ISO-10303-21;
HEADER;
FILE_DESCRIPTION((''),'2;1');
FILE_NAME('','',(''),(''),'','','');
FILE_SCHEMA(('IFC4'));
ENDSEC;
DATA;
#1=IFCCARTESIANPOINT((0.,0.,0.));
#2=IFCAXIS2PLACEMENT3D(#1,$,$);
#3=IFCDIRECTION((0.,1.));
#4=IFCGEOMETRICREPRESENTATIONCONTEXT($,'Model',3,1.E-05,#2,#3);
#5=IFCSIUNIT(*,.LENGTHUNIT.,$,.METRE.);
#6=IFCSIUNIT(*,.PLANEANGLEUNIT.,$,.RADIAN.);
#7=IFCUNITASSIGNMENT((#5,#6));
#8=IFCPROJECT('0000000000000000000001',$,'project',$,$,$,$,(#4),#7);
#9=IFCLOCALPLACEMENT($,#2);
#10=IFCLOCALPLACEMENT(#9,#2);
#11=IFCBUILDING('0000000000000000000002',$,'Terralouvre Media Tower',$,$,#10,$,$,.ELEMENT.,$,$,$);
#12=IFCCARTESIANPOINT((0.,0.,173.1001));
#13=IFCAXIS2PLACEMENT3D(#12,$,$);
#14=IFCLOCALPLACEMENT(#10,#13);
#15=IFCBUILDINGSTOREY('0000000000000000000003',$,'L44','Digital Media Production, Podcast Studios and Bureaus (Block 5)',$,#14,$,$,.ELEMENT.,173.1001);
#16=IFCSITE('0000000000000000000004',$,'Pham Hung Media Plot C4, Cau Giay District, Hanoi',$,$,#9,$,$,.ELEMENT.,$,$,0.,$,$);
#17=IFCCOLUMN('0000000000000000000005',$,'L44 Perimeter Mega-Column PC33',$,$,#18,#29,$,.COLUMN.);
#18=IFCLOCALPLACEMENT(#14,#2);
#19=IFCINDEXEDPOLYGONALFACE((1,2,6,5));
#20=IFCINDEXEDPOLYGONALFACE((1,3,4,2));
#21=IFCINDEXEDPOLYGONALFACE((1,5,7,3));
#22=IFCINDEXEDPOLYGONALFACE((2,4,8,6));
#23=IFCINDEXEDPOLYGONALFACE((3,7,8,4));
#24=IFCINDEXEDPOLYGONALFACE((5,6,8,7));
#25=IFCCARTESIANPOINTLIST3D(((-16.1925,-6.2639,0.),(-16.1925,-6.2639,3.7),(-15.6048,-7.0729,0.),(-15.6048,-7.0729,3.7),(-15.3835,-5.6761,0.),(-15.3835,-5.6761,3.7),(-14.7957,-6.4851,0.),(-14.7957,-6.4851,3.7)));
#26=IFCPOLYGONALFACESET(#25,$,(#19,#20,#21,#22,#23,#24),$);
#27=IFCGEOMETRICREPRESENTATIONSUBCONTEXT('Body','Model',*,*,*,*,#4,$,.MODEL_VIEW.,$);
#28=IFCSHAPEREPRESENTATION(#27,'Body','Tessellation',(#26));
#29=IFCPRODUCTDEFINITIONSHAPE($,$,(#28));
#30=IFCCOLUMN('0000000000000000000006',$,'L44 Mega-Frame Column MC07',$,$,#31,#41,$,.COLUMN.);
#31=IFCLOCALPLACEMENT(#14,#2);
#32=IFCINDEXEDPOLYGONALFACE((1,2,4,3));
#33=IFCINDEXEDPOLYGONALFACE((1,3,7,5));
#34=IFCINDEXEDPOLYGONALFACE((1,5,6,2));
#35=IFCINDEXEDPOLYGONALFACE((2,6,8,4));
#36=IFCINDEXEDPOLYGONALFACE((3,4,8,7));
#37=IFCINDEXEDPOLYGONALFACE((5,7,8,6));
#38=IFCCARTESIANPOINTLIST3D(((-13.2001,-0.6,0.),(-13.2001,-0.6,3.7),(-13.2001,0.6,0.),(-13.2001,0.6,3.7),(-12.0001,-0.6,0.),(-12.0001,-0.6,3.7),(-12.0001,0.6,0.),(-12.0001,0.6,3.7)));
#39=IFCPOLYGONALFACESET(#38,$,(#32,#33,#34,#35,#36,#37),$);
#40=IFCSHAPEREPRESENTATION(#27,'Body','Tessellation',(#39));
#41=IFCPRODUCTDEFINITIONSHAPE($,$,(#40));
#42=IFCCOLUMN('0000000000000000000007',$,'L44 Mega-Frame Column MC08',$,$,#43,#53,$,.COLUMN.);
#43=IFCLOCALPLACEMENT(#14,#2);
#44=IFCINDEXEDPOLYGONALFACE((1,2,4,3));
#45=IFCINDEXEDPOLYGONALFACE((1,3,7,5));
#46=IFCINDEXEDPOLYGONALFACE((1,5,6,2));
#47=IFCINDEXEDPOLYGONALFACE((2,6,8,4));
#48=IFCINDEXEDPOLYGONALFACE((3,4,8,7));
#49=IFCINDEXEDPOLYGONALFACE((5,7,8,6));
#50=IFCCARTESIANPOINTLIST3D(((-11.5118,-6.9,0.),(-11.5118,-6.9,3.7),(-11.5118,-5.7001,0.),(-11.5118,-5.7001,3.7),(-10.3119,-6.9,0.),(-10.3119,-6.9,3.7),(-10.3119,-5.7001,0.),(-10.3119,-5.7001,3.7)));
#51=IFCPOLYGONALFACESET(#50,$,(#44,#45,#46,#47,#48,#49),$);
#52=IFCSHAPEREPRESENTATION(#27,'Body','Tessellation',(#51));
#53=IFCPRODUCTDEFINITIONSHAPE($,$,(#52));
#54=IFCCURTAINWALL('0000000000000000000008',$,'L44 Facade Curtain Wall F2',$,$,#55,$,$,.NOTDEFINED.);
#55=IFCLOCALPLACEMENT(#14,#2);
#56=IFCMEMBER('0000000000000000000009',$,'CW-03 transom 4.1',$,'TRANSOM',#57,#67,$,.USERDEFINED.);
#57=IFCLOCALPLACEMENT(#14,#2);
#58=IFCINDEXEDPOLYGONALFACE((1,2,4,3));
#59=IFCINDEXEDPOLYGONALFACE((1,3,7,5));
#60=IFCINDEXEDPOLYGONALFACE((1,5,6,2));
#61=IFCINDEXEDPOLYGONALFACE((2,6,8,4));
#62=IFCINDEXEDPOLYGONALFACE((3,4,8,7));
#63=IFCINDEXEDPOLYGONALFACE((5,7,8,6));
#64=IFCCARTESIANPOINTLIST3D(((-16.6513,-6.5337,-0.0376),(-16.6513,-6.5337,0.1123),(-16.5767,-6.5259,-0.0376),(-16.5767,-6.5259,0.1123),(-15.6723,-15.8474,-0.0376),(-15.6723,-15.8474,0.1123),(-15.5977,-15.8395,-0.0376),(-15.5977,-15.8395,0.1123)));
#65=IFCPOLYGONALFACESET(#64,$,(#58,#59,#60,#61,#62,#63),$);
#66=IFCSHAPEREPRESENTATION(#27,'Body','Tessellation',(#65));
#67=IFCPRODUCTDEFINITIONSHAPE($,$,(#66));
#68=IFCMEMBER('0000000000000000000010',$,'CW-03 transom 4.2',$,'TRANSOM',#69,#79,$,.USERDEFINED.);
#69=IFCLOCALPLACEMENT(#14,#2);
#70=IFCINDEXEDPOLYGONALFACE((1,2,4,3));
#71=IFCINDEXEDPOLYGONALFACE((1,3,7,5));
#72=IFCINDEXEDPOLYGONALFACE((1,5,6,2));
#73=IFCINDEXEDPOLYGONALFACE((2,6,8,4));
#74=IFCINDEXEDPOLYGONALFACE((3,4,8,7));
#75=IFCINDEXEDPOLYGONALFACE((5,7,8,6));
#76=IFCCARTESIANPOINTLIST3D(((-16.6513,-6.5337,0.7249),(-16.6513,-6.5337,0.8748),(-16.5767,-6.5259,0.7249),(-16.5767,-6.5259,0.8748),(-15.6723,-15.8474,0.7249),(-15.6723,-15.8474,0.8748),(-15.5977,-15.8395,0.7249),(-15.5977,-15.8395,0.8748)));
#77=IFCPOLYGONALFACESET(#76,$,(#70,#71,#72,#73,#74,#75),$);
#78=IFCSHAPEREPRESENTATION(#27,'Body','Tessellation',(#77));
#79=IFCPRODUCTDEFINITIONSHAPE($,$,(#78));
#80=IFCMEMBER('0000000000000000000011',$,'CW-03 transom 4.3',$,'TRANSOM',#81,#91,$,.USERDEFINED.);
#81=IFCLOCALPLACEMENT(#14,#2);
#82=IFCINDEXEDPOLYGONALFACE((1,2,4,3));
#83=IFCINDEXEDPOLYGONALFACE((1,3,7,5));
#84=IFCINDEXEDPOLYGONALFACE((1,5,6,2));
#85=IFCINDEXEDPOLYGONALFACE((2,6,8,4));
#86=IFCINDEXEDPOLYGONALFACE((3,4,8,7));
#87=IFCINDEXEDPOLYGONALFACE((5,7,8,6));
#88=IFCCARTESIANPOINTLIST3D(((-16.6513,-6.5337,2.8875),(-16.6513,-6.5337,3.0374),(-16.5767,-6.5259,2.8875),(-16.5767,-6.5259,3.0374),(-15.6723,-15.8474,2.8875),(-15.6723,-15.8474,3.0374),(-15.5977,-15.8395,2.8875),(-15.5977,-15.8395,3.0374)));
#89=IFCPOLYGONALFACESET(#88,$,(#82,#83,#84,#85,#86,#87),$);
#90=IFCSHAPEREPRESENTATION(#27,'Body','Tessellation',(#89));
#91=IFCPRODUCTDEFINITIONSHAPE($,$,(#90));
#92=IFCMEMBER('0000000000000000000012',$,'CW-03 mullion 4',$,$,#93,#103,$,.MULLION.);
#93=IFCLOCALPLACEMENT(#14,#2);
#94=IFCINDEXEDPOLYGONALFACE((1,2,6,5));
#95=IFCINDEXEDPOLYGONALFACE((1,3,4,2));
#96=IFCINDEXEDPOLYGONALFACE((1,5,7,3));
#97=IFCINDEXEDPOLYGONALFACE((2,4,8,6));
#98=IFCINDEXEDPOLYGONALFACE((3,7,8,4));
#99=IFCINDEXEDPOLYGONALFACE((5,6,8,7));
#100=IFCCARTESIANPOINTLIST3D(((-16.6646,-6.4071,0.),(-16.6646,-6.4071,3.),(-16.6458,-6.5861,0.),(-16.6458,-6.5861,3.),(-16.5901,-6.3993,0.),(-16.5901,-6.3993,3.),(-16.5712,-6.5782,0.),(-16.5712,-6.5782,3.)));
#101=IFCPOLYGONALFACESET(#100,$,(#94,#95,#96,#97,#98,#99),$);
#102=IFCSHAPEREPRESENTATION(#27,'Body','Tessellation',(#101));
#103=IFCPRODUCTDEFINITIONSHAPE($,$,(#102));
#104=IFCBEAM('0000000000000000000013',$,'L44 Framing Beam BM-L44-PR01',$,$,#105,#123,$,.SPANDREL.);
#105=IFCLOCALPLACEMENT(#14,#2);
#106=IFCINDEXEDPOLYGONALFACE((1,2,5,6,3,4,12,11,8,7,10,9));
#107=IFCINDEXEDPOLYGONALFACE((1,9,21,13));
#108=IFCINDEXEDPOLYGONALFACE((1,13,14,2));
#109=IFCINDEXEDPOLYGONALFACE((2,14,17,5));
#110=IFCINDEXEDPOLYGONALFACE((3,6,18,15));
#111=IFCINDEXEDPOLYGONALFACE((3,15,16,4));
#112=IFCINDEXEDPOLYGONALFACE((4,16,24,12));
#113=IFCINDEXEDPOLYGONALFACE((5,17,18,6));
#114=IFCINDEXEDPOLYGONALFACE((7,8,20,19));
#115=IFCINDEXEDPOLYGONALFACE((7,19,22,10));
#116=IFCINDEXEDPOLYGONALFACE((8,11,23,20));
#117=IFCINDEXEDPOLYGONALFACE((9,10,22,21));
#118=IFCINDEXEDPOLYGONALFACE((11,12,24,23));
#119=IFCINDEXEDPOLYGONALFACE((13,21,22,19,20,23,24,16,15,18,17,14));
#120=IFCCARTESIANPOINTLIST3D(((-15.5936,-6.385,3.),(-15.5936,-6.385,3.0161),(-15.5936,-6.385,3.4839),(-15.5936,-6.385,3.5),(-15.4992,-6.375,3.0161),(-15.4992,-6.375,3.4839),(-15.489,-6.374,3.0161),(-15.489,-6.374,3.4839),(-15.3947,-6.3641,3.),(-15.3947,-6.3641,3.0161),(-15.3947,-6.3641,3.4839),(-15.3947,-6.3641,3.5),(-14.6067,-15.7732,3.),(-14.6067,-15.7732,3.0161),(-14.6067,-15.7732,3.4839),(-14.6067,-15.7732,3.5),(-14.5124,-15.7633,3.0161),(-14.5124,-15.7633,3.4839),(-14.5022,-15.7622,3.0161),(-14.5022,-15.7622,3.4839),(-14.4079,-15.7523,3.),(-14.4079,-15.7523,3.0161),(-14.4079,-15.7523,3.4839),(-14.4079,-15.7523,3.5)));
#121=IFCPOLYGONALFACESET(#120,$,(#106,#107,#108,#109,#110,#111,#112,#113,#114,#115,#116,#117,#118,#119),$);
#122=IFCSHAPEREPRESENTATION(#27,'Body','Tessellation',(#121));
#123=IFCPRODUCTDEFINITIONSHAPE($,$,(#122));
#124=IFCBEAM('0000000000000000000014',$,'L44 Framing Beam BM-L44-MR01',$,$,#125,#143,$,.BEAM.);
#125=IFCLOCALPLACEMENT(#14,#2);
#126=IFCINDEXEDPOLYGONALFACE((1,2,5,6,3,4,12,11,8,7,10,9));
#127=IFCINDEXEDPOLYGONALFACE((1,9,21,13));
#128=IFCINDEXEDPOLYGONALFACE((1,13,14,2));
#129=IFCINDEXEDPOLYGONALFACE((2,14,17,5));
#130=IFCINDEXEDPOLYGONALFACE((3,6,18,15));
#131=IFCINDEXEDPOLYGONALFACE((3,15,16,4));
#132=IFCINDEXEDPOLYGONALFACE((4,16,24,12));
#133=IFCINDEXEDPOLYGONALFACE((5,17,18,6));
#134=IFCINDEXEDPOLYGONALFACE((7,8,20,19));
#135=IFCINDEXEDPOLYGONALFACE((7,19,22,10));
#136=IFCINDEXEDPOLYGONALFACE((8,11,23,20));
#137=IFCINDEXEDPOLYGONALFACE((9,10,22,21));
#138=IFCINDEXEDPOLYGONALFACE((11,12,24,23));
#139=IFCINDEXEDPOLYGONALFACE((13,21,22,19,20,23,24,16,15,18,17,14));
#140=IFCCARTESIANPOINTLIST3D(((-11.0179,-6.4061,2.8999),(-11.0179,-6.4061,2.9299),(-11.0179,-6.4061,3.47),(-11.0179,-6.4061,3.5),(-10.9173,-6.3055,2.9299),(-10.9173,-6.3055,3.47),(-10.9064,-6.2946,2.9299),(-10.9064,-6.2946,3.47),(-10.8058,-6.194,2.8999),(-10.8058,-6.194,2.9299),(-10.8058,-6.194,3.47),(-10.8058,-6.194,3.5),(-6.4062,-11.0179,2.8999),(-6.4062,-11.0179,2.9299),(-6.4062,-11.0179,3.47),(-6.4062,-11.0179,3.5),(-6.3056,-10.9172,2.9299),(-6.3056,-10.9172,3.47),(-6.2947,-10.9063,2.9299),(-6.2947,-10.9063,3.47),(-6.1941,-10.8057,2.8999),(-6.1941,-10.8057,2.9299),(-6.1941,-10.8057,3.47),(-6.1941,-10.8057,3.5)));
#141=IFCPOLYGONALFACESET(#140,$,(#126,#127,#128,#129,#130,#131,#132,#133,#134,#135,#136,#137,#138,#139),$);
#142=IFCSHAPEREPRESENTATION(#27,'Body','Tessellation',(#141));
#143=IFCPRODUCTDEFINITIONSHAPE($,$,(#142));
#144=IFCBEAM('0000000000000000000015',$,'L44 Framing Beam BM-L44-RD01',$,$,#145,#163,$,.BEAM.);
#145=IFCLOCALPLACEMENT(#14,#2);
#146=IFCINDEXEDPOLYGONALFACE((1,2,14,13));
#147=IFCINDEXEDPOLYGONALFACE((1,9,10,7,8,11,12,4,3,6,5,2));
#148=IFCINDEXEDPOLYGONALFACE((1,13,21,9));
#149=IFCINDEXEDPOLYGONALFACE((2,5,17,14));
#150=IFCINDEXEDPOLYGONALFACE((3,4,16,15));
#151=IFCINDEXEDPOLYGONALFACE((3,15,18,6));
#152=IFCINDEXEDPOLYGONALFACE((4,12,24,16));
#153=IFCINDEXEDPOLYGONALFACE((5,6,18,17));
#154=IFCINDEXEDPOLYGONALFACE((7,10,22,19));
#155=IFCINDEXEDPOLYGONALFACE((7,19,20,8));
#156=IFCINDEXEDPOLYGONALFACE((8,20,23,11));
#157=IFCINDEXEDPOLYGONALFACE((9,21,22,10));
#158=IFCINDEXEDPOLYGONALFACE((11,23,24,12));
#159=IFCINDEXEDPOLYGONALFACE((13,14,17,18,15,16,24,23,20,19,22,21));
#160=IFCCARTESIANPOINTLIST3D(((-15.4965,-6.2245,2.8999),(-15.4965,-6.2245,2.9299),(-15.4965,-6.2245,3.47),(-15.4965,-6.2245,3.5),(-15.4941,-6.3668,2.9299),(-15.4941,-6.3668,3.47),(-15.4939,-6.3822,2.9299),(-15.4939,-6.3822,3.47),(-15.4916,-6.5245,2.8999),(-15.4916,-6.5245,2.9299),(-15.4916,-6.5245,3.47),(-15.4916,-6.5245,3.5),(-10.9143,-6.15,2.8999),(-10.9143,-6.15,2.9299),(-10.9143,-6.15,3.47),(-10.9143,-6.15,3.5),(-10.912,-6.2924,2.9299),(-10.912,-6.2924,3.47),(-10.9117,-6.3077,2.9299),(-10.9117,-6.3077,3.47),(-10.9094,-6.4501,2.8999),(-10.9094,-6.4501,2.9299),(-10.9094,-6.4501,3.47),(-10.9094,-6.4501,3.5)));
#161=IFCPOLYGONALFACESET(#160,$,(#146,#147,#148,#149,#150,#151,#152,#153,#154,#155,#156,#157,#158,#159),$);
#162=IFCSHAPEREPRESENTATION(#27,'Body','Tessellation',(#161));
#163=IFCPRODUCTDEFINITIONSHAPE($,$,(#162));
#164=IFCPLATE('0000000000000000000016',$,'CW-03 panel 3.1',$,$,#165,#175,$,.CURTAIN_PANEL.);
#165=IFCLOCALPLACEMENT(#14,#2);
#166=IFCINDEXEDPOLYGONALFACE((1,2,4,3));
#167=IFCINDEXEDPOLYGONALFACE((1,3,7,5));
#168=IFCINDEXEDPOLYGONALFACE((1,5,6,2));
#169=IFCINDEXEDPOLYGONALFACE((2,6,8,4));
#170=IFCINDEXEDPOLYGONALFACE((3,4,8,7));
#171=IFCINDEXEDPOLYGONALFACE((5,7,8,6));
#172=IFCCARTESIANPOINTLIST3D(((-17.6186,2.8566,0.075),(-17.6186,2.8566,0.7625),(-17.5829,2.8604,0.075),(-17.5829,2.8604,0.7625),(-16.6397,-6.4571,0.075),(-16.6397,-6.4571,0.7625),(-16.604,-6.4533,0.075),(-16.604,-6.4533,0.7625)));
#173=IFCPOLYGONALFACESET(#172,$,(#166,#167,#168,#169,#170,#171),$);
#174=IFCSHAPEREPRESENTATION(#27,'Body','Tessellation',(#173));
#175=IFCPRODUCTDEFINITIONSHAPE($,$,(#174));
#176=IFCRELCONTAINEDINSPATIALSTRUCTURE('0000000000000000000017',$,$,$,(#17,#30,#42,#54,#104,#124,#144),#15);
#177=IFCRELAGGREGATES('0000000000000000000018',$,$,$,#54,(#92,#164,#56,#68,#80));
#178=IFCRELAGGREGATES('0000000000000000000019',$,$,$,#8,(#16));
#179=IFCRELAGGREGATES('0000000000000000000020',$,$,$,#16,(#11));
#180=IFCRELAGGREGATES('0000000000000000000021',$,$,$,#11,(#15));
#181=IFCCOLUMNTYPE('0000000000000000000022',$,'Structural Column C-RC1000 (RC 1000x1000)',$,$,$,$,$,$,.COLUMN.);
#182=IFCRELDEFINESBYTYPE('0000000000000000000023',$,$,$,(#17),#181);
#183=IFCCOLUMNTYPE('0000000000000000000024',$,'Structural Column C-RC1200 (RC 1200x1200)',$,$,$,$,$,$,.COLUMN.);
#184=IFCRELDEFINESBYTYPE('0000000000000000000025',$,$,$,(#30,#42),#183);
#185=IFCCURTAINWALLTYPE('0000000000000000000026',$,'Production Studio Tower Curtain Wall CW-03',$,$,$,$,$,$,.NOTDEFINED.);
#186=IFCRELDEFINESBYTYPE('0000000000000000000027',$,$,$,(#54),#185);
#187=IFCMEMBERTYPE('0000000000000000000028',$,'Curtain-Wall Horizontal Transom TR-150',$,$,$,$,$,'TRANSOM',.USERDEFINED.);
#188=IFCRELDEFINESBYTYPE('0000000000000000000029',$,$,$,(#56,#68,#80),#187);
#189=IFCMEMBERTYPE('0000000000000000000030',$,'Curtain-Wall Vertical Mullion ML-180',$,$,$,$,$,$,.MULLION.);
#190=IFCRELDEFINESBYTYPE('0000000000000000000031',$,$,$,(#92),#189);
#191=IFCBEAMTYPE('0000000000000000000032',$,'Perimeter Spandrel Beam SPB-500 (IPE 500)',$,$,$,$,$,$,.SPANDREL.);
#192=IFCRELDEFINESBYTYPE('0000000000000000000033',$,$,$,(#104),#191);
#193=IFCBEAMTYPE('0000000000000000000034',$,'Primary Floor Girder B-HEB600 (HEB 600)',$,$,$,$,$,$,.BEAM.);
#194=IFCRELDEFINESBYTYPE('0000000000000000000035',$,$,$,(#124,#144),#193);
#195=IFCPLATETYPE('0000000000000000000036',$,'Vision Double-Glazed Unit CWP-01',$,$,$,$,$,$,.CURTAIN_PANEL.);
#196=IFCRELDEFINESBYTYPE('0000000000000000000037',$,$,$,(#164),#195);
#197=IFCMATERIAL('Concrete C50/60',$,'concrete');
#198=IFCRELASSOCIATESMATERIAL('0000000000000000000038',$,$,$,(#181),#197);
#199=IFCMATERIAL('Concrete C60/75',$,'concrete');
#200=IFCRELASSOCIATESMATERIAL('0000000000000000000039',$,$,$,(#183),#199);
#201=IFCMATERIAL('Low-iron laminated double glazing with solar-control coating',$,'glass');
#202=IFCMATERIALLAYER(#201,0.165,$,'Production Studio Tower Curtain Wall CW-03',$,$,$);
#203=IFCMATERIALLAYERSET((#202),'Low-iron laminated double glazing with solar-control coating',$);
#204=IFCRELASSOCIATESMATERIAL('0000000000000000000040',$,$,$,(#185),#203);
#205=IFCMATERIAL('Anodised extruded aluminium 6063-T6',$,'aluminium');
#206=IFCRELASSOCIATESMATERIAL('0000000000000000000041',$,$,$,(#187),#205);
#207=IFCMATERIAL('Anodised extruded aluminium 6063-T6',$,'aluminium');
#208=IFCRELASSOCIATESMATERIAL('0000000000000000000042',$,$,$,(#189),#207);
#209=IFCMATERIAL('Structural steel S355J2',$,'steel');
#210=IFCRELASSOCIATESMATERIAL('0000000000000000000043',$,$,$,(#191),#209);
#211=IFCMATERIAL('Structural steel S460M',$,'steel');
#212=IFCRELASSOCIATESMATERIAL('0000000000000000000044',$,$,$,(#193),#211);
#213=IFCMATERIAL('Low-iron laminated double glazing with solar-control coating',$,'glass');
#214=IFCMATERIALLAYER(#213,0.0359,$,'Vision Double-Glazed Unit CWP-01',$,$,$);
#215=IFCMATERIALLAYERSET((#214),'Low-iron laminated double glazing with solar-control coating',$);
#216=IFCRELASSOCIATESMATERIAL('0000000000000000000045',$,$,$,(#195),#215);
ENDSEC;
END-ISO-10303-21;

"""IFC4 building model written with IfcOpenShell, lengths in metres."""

from ifc_helpers import new_model, si_unit, direction, frame, origin, origin_2d, place, context, subcontext, project, spatial, rectangle, i_section, extrude, material, layer, layer_set, material_profile, profile_set, type_object, element, aggregate, save


model = new_model("IFC4")

# Units and contexts
model_context = context("Model", 3, precision=1e-05, world=origin(), true_north=direction((0.0, 1.0)))
body_context = subcontext(model_context, "Body", "Model", "MODEL_VIEW")
ifc_project = project(units=[si_unit("LENGTHUNIT", "METRE"), si_unit("PLANEANGLEUNIT", "RADIAN")], contexts=[model_context])

# Site, building, storey
site_placement = place(None, origin())
site = spatial("IfcSite", under=ifc_project, at=site_placement, Name="Pham Hung Media Plot C4, Cau Giay District, Hanoi", CompositionType="ELEMENT", RefElevation=0.0)
building_placement = place(site_placement, origin())
building = spatial("IfcBuilding", under=site, at=building_placement, Name="Terralouvre Media Tower", CompositionType="ELEMENT")
storey_placement = place(building_placement, frame((0.0, 0.0, 173.1001)))
storey = spatial("IfcBuildingStorey", under=building, at=storey_placement, Name="L44", Description="Digital Media Production, Podcast Studios and Bureaus (Block 5)", CompositionType="ELEMENT", Elevation=173.1001)

# Columns
ifc_material_1 = material(Name="Concrete C50/60", Category="concrete")
ifc_material_profile_1 = material_profile(ifc_material_1, rectangle(XDim=1.0, YDim=1.0, at=origin_2d()), Name="RC 1000x1000")
ifc_profile_set_1 = profile_set([ifc_material_profile_1], Name="Concrete C50/60")
column_type_1 = type_object("IfcColumnType", Name="Structural Column C-RC1000 (RC 1000x1000)", PredefinedType="COLUMN", material=ifc_profile_set_1)
column_placement = place(storey_placement, frame((-15.4941, -6.3745, 0.0), z_axis=(0.0, 0.0, 1.0), x_axis=(0.809017, 0.587785, 0.0)))
element("IfcColumn", 1, at=column_placement, inside=storey, type_object=column_type_1, Name="L44 Perimeter Mega-Column PC33", PredefinedType="COLUMN", context=body_context, shape_type="SweptSolid", body=[
    extrude(rectangle(XDim=1.0, YDim=1.0, at=origin_2d()), origin(), (0.0, 0.0, 1.0), 3.7),
])
ifc_material_2 = material(Name="Concrete C60/75", Category="concrete")
ifc_material_profile_2 = material_profile(ifc_material_2, rectangle(XDim=1.2, YDim=1.2, at=origin_2d()), Name="RC 1200x1200")
ifc_profile_set_2 = profile_set([ifc_material_profile_2], Name="Concrete C60/75")
column_type_2 = type_object("IfcColumnType", Name="Structural Column C-RC1200 (RC 1200x1200)", PredefinedType="COLUMN", material=ifc_profile_set_2)
for number, where, z_axis, x_axis, name in (
    (2, (-12.6001, 0.0, 0.0), (0.0, 0.0, 1.0), (1.0, 0.0, 0.0), "L44 Mega-Frame Column MC07"),
    (3, (-10.9119, -6.3, 0.0), (0.0, 0.0, 1.0), (1.0, 0.0, 0.0), "L44 Mega-Frame Column MC08"),
):
    element("IfcColumn", number, at=place(storey_placement, frame(where, z_axis=z_axis, x_axis=x_axis)), inside=storey, type_object=column_type_2, Name=name, PredefinedType="COLUMN", context=body_context, shape_type="SweptSolid", body=[
        extrude(rectangle(XDim=1.2, YDim=1.2, at=origin_2d()), origin(), (0.0, 0.0, 1.0), 3.7),
    ])

# Curtain wall, members
ifc_material_3 = material(Name="Low-iron laminated double glazing with solar-control coating", Category="glass")
ifc_layer_1 = layer(ifc_material_3, 0.165, Name="Production Studio Tower Curtain Wall CW-03")
ifc_layer_set_1 = layer_set([ifc_layer_1], Name="Low-iron laminated double glazing with solar-control coating")
curtain_wall_type = type_object("IfcCurtainWallType", Name="Production Studio Tower Curtain Wall CW-03", PredefinedType="NOTDEFINED", material=ifc_layer_set_1)
curtain_wall_placement = place(storey_placement, origin())
curtain_wall = element("IfcCurtainWall", 4, at=curtain_wall_placement, inside=storey, type_object=curtain_wall_type, Name="L44 Facade Curtain Wall F2", PredefinedType="NOTDEFINED")
ifc_material_4 = material(Name="Anodised extruded aluminium 6063-T6", Category="aluminium")
ifc_material_profile_3 = material_profile(ifc_material_4, rectangle(XDim=0.075, YDim=0.1499, at=origin_2d()), Name="ALU 75x150")
ifc_profile_set_3 = profile_set([ifc_material_profile_3], Name="Anodised extruded aluminium 6063-T6")
member_type_1 = type_object("IfcMemberType", Name="Curtain-Wall Horizontal Transom TR-150", ElementType="TRANSOM", PredefinedType="USERDEFINED", material=ifc_profile_set_3)
member_1_placement = place(storey_placement, frame((-16.614, -6.5298, 0.0374), z_axis=(0.104538, -0.994521, 0.0), x_axis=(0.994521, 0.104538, 0.0)))
member_1 = element("IfcMember", 5, at=member_1_placement, type_object=member_type_1, Name="CW-03 transom 4.1", ObjectType="TRANSOM", PredefinedType="USERDEFINED", context=body_context, shape_type="SweptSolid", body=[
    extrude(rectangle(XDim=0.075, YDim=0.1499, at=origin_2d()), origin(), (0.0, 0.0, 1.0), 9.365),
])
member_2_placement = place(storey_placement, frame((-16.614, -6.5298, 0.7998), z_axis=(0.104538, -0.994521, 0.0), x_axis=(0.994521, 0.104538, 0.0)))
member_2 = element("IfcMember", 6, at=member_2_placement, type_object=member_type_1, Name="CW-03 transom 4.2", ObjectType="TRANSOM", PredefinedType="USERDEFINED", context=body_context, shape_type="SweptSolid", body=[
    extrude(rectangle(XDim=0.075, YDim=0.1499, at=origin_2d()), origin(), (0.0, 0.0, 1.0), 9.365),
])
member_3_placement = place(storey_placement, frame((-16.614, -6.5298, 2.9624), z_axis=(0.104538, -0.994521, 0.0), x_axis=(0.994521, 0.104538, 0.0)))
member_3 = element("IfcMember", 7, at=member_3_placement, type_object=member_type_1, Name="CW-03 transom 4.3", ObjectType="TRANSOM", PredefinedType="USERDEFINED", context=body_context, shape_type="SweptSolid", body=[
    extrude(rectangle(XDim=0.075, YDim=0.1499, at=origin_2d()), origin(), (0.0, 0.0, 1.0), 9.365),
])
ifc_material_5 = material(Name="Anodised extruded aluminium 6063-T6", Category="aluminium")
ifc_material_profile_4 = material_profile(ifc_material_5, rectangle(XDim=0.075, YDim=0.1799, at=origin_2d()), Name="ALU 75x180")
ifc_profile_set_4 = profile_set([ifc_material_profile_4], Name="Anodised extruded aluminium 6063-T6")
member_type_2 = type_object("IfcMemberType", Name="Curtain-Wall Vertical Mullion ML-180", PredefinedType="MULLION", material=ifc_profile_set_4)
member_4_placement = place(storey_placement, frame((-16.6179, -6.4927, 0.0), z_axis=(0.0, 0.0, 1.0), x_axis=(0.994522, 0.104528, 0.0)))
member_4 = element("IfcMember", 8, at=member_4_placement, type_object=member_type_2, Name="CW-03 mullion 4", PredefinedType="MULLION", context=body_context, shape_type="SweptSolid", body=[
    extrude(rectangle(XDim=0.075, YDim=0.1799, at=origin_2d()), origin(), (0.0, 0.0, 1.0), 3.0),
])

# Beams
ifc_material_6 = material(Name="Structural steel S355J2", Category="steel")
ifc_material_profile_5 = material_profile(ifc_material_6, i_section(OverallWidth=0.2, OverallDepth=0.5, WebThickness=0.0103, FlangeThickness=0.0161, at=origin_2d()), Name="IPE 500")
ifc_profile_set_5 = profile_set([ifc_material_profile_5], Name="Structural steel S355J2")
beam_type_1 = type_object("IfcBeamType", Name="Perimeter Spandrel Beam SPB-500 (IPE 500)", PredefinedType="SPANDREL", material=ifc_profile_set_5)
beam_1_placement = place(storey_placement, frame((-15.4941, -6.3745, 3.25), z_axis=(0.104537, -0.994521, 0.0), x_axis=(0.994521, 0.104537, 0.0)))
element("IfcBeam", 9, at=beam_1_placement, inside=storey, type_object=beam_type_1, Name="L44 Framing Beam BM-L44-PR01", PredefinedType="SPANDREL", context=body_context, shape_type="SweptSolid", body=[
    extrude(i_section(OverallWidth=0.2, OverallDepth=0.5, WebThickness=0.0103, FlangeThickness=0.0161, at=origin_2d()), origin(), (0.0, 0.0, 1.0), 9.4399),
])
ifc_material_7 = material(Name="Structural steel S460M", Category="steel")
ifc_material_profile_6 = material_profile(ifc_material_7, i_section(OverallWidth=0.3, OverallDepth=0.6001, WebThickness=0.0154, FlangeThickness=0.03, at=origin_2d()), Name="HEB 600")
ifc_profile_set_6 = profile_set([ifc_material_profile_6], Name="Structural steel S460M")
beam_type_2 = type_object("IfcBeamType", Name="Primary Floor Girder B-HEB600 (HEB 600)", PredefinedType="BEAM", material=ifc_profile_set_6)
beam_2_placement = place(storey_placement, frame((-10.9119, -6.3, 3.2), z_axis=(0.707107, -0.707107, 0.0), x_axis=(0.707107, 0.707107, 0.0)))
element("IfcBeam", 10, at=beam_2_placement, inside=storey, type_object=beam_type_2, Name="L44 Framing Beam BM-L44-MR01", PredefinedType="BEAM", context=body_context, shape_type="SweptSolid", body=[
    extrude(i_section(OverallWidth=0.3, OverallDepth=0.6001, WebThickness=0.0154, FlangeThickness=0.03, at=origin_2d()), origin(), (0.0, 0.0, 1.0), 6.522),
])
beam_3_placement = place(storey_placement, frame((-10.9119, -6.3, 3.2), z_axis=(-0.999868, -0.016248, 0.0), x_axis=(0.016248, -0.999868, 0.0)))
element("IfcBeam", 11, at=beam_3_placement, inside=storey, type_object=beam_type_2, Name="L44 Framing Beam BM-L44-RD01", PredefinedType="BEAM", context=body_context, shape_type="SweptSolid", body=[
    extrude(i_section(OverallWidth=0.3, OverallDepth=0.6001, WebThickness=0.0154, FlangeThickness=0.03, at=origin_2d()), origin(), (0.0, 0.0, 1.0), 4.5828),
])

# Plate
ifc_material_8 = material(Name="Low-iron laminated double glazing with solar-control coating", Category="glass")
ifc_layer_2 = layer(ifc_material_8, 0.0359, Name="Vision Double-Glazed Unit CWP-01")
ifc_layer_set_2 = layer_set([ifc_layer_2], Name="Low-iron laminated double glazing with solar-control coating")
plate_type = type_object("IfcPlateType", Name="Vision Double-Glazed Unit CWP-01", PredefinedType="CURTAIN_PANEL", material=ifc_layer_set_2)
plate_1_placement = place(storey_placement, frame((-17.1113, -1.7983, 0.075), z_axis=(0.0, 0.0, 1.0), x_axis=(0.104528, -0.994522, 0.0)))
plate_1 = element("IfcPlate", 12, at=plate_1_placement, type_object=plate_type, Name="CW-03 panel 3.1", PredefinedType="CURTAIN_PANEL", context=body_context, shape_type="SweptSolid", body=[
    extrude(rectangle(XDim=9.365, YDim=0.0359, at=origin_2d()), origin(), (0.0, 0.0, 1.0), 0.6875),
])
aggregate(curtain_wall, [member_4, plate_1, member_1, member_2, member_3])

save(model, "model.ifc")
